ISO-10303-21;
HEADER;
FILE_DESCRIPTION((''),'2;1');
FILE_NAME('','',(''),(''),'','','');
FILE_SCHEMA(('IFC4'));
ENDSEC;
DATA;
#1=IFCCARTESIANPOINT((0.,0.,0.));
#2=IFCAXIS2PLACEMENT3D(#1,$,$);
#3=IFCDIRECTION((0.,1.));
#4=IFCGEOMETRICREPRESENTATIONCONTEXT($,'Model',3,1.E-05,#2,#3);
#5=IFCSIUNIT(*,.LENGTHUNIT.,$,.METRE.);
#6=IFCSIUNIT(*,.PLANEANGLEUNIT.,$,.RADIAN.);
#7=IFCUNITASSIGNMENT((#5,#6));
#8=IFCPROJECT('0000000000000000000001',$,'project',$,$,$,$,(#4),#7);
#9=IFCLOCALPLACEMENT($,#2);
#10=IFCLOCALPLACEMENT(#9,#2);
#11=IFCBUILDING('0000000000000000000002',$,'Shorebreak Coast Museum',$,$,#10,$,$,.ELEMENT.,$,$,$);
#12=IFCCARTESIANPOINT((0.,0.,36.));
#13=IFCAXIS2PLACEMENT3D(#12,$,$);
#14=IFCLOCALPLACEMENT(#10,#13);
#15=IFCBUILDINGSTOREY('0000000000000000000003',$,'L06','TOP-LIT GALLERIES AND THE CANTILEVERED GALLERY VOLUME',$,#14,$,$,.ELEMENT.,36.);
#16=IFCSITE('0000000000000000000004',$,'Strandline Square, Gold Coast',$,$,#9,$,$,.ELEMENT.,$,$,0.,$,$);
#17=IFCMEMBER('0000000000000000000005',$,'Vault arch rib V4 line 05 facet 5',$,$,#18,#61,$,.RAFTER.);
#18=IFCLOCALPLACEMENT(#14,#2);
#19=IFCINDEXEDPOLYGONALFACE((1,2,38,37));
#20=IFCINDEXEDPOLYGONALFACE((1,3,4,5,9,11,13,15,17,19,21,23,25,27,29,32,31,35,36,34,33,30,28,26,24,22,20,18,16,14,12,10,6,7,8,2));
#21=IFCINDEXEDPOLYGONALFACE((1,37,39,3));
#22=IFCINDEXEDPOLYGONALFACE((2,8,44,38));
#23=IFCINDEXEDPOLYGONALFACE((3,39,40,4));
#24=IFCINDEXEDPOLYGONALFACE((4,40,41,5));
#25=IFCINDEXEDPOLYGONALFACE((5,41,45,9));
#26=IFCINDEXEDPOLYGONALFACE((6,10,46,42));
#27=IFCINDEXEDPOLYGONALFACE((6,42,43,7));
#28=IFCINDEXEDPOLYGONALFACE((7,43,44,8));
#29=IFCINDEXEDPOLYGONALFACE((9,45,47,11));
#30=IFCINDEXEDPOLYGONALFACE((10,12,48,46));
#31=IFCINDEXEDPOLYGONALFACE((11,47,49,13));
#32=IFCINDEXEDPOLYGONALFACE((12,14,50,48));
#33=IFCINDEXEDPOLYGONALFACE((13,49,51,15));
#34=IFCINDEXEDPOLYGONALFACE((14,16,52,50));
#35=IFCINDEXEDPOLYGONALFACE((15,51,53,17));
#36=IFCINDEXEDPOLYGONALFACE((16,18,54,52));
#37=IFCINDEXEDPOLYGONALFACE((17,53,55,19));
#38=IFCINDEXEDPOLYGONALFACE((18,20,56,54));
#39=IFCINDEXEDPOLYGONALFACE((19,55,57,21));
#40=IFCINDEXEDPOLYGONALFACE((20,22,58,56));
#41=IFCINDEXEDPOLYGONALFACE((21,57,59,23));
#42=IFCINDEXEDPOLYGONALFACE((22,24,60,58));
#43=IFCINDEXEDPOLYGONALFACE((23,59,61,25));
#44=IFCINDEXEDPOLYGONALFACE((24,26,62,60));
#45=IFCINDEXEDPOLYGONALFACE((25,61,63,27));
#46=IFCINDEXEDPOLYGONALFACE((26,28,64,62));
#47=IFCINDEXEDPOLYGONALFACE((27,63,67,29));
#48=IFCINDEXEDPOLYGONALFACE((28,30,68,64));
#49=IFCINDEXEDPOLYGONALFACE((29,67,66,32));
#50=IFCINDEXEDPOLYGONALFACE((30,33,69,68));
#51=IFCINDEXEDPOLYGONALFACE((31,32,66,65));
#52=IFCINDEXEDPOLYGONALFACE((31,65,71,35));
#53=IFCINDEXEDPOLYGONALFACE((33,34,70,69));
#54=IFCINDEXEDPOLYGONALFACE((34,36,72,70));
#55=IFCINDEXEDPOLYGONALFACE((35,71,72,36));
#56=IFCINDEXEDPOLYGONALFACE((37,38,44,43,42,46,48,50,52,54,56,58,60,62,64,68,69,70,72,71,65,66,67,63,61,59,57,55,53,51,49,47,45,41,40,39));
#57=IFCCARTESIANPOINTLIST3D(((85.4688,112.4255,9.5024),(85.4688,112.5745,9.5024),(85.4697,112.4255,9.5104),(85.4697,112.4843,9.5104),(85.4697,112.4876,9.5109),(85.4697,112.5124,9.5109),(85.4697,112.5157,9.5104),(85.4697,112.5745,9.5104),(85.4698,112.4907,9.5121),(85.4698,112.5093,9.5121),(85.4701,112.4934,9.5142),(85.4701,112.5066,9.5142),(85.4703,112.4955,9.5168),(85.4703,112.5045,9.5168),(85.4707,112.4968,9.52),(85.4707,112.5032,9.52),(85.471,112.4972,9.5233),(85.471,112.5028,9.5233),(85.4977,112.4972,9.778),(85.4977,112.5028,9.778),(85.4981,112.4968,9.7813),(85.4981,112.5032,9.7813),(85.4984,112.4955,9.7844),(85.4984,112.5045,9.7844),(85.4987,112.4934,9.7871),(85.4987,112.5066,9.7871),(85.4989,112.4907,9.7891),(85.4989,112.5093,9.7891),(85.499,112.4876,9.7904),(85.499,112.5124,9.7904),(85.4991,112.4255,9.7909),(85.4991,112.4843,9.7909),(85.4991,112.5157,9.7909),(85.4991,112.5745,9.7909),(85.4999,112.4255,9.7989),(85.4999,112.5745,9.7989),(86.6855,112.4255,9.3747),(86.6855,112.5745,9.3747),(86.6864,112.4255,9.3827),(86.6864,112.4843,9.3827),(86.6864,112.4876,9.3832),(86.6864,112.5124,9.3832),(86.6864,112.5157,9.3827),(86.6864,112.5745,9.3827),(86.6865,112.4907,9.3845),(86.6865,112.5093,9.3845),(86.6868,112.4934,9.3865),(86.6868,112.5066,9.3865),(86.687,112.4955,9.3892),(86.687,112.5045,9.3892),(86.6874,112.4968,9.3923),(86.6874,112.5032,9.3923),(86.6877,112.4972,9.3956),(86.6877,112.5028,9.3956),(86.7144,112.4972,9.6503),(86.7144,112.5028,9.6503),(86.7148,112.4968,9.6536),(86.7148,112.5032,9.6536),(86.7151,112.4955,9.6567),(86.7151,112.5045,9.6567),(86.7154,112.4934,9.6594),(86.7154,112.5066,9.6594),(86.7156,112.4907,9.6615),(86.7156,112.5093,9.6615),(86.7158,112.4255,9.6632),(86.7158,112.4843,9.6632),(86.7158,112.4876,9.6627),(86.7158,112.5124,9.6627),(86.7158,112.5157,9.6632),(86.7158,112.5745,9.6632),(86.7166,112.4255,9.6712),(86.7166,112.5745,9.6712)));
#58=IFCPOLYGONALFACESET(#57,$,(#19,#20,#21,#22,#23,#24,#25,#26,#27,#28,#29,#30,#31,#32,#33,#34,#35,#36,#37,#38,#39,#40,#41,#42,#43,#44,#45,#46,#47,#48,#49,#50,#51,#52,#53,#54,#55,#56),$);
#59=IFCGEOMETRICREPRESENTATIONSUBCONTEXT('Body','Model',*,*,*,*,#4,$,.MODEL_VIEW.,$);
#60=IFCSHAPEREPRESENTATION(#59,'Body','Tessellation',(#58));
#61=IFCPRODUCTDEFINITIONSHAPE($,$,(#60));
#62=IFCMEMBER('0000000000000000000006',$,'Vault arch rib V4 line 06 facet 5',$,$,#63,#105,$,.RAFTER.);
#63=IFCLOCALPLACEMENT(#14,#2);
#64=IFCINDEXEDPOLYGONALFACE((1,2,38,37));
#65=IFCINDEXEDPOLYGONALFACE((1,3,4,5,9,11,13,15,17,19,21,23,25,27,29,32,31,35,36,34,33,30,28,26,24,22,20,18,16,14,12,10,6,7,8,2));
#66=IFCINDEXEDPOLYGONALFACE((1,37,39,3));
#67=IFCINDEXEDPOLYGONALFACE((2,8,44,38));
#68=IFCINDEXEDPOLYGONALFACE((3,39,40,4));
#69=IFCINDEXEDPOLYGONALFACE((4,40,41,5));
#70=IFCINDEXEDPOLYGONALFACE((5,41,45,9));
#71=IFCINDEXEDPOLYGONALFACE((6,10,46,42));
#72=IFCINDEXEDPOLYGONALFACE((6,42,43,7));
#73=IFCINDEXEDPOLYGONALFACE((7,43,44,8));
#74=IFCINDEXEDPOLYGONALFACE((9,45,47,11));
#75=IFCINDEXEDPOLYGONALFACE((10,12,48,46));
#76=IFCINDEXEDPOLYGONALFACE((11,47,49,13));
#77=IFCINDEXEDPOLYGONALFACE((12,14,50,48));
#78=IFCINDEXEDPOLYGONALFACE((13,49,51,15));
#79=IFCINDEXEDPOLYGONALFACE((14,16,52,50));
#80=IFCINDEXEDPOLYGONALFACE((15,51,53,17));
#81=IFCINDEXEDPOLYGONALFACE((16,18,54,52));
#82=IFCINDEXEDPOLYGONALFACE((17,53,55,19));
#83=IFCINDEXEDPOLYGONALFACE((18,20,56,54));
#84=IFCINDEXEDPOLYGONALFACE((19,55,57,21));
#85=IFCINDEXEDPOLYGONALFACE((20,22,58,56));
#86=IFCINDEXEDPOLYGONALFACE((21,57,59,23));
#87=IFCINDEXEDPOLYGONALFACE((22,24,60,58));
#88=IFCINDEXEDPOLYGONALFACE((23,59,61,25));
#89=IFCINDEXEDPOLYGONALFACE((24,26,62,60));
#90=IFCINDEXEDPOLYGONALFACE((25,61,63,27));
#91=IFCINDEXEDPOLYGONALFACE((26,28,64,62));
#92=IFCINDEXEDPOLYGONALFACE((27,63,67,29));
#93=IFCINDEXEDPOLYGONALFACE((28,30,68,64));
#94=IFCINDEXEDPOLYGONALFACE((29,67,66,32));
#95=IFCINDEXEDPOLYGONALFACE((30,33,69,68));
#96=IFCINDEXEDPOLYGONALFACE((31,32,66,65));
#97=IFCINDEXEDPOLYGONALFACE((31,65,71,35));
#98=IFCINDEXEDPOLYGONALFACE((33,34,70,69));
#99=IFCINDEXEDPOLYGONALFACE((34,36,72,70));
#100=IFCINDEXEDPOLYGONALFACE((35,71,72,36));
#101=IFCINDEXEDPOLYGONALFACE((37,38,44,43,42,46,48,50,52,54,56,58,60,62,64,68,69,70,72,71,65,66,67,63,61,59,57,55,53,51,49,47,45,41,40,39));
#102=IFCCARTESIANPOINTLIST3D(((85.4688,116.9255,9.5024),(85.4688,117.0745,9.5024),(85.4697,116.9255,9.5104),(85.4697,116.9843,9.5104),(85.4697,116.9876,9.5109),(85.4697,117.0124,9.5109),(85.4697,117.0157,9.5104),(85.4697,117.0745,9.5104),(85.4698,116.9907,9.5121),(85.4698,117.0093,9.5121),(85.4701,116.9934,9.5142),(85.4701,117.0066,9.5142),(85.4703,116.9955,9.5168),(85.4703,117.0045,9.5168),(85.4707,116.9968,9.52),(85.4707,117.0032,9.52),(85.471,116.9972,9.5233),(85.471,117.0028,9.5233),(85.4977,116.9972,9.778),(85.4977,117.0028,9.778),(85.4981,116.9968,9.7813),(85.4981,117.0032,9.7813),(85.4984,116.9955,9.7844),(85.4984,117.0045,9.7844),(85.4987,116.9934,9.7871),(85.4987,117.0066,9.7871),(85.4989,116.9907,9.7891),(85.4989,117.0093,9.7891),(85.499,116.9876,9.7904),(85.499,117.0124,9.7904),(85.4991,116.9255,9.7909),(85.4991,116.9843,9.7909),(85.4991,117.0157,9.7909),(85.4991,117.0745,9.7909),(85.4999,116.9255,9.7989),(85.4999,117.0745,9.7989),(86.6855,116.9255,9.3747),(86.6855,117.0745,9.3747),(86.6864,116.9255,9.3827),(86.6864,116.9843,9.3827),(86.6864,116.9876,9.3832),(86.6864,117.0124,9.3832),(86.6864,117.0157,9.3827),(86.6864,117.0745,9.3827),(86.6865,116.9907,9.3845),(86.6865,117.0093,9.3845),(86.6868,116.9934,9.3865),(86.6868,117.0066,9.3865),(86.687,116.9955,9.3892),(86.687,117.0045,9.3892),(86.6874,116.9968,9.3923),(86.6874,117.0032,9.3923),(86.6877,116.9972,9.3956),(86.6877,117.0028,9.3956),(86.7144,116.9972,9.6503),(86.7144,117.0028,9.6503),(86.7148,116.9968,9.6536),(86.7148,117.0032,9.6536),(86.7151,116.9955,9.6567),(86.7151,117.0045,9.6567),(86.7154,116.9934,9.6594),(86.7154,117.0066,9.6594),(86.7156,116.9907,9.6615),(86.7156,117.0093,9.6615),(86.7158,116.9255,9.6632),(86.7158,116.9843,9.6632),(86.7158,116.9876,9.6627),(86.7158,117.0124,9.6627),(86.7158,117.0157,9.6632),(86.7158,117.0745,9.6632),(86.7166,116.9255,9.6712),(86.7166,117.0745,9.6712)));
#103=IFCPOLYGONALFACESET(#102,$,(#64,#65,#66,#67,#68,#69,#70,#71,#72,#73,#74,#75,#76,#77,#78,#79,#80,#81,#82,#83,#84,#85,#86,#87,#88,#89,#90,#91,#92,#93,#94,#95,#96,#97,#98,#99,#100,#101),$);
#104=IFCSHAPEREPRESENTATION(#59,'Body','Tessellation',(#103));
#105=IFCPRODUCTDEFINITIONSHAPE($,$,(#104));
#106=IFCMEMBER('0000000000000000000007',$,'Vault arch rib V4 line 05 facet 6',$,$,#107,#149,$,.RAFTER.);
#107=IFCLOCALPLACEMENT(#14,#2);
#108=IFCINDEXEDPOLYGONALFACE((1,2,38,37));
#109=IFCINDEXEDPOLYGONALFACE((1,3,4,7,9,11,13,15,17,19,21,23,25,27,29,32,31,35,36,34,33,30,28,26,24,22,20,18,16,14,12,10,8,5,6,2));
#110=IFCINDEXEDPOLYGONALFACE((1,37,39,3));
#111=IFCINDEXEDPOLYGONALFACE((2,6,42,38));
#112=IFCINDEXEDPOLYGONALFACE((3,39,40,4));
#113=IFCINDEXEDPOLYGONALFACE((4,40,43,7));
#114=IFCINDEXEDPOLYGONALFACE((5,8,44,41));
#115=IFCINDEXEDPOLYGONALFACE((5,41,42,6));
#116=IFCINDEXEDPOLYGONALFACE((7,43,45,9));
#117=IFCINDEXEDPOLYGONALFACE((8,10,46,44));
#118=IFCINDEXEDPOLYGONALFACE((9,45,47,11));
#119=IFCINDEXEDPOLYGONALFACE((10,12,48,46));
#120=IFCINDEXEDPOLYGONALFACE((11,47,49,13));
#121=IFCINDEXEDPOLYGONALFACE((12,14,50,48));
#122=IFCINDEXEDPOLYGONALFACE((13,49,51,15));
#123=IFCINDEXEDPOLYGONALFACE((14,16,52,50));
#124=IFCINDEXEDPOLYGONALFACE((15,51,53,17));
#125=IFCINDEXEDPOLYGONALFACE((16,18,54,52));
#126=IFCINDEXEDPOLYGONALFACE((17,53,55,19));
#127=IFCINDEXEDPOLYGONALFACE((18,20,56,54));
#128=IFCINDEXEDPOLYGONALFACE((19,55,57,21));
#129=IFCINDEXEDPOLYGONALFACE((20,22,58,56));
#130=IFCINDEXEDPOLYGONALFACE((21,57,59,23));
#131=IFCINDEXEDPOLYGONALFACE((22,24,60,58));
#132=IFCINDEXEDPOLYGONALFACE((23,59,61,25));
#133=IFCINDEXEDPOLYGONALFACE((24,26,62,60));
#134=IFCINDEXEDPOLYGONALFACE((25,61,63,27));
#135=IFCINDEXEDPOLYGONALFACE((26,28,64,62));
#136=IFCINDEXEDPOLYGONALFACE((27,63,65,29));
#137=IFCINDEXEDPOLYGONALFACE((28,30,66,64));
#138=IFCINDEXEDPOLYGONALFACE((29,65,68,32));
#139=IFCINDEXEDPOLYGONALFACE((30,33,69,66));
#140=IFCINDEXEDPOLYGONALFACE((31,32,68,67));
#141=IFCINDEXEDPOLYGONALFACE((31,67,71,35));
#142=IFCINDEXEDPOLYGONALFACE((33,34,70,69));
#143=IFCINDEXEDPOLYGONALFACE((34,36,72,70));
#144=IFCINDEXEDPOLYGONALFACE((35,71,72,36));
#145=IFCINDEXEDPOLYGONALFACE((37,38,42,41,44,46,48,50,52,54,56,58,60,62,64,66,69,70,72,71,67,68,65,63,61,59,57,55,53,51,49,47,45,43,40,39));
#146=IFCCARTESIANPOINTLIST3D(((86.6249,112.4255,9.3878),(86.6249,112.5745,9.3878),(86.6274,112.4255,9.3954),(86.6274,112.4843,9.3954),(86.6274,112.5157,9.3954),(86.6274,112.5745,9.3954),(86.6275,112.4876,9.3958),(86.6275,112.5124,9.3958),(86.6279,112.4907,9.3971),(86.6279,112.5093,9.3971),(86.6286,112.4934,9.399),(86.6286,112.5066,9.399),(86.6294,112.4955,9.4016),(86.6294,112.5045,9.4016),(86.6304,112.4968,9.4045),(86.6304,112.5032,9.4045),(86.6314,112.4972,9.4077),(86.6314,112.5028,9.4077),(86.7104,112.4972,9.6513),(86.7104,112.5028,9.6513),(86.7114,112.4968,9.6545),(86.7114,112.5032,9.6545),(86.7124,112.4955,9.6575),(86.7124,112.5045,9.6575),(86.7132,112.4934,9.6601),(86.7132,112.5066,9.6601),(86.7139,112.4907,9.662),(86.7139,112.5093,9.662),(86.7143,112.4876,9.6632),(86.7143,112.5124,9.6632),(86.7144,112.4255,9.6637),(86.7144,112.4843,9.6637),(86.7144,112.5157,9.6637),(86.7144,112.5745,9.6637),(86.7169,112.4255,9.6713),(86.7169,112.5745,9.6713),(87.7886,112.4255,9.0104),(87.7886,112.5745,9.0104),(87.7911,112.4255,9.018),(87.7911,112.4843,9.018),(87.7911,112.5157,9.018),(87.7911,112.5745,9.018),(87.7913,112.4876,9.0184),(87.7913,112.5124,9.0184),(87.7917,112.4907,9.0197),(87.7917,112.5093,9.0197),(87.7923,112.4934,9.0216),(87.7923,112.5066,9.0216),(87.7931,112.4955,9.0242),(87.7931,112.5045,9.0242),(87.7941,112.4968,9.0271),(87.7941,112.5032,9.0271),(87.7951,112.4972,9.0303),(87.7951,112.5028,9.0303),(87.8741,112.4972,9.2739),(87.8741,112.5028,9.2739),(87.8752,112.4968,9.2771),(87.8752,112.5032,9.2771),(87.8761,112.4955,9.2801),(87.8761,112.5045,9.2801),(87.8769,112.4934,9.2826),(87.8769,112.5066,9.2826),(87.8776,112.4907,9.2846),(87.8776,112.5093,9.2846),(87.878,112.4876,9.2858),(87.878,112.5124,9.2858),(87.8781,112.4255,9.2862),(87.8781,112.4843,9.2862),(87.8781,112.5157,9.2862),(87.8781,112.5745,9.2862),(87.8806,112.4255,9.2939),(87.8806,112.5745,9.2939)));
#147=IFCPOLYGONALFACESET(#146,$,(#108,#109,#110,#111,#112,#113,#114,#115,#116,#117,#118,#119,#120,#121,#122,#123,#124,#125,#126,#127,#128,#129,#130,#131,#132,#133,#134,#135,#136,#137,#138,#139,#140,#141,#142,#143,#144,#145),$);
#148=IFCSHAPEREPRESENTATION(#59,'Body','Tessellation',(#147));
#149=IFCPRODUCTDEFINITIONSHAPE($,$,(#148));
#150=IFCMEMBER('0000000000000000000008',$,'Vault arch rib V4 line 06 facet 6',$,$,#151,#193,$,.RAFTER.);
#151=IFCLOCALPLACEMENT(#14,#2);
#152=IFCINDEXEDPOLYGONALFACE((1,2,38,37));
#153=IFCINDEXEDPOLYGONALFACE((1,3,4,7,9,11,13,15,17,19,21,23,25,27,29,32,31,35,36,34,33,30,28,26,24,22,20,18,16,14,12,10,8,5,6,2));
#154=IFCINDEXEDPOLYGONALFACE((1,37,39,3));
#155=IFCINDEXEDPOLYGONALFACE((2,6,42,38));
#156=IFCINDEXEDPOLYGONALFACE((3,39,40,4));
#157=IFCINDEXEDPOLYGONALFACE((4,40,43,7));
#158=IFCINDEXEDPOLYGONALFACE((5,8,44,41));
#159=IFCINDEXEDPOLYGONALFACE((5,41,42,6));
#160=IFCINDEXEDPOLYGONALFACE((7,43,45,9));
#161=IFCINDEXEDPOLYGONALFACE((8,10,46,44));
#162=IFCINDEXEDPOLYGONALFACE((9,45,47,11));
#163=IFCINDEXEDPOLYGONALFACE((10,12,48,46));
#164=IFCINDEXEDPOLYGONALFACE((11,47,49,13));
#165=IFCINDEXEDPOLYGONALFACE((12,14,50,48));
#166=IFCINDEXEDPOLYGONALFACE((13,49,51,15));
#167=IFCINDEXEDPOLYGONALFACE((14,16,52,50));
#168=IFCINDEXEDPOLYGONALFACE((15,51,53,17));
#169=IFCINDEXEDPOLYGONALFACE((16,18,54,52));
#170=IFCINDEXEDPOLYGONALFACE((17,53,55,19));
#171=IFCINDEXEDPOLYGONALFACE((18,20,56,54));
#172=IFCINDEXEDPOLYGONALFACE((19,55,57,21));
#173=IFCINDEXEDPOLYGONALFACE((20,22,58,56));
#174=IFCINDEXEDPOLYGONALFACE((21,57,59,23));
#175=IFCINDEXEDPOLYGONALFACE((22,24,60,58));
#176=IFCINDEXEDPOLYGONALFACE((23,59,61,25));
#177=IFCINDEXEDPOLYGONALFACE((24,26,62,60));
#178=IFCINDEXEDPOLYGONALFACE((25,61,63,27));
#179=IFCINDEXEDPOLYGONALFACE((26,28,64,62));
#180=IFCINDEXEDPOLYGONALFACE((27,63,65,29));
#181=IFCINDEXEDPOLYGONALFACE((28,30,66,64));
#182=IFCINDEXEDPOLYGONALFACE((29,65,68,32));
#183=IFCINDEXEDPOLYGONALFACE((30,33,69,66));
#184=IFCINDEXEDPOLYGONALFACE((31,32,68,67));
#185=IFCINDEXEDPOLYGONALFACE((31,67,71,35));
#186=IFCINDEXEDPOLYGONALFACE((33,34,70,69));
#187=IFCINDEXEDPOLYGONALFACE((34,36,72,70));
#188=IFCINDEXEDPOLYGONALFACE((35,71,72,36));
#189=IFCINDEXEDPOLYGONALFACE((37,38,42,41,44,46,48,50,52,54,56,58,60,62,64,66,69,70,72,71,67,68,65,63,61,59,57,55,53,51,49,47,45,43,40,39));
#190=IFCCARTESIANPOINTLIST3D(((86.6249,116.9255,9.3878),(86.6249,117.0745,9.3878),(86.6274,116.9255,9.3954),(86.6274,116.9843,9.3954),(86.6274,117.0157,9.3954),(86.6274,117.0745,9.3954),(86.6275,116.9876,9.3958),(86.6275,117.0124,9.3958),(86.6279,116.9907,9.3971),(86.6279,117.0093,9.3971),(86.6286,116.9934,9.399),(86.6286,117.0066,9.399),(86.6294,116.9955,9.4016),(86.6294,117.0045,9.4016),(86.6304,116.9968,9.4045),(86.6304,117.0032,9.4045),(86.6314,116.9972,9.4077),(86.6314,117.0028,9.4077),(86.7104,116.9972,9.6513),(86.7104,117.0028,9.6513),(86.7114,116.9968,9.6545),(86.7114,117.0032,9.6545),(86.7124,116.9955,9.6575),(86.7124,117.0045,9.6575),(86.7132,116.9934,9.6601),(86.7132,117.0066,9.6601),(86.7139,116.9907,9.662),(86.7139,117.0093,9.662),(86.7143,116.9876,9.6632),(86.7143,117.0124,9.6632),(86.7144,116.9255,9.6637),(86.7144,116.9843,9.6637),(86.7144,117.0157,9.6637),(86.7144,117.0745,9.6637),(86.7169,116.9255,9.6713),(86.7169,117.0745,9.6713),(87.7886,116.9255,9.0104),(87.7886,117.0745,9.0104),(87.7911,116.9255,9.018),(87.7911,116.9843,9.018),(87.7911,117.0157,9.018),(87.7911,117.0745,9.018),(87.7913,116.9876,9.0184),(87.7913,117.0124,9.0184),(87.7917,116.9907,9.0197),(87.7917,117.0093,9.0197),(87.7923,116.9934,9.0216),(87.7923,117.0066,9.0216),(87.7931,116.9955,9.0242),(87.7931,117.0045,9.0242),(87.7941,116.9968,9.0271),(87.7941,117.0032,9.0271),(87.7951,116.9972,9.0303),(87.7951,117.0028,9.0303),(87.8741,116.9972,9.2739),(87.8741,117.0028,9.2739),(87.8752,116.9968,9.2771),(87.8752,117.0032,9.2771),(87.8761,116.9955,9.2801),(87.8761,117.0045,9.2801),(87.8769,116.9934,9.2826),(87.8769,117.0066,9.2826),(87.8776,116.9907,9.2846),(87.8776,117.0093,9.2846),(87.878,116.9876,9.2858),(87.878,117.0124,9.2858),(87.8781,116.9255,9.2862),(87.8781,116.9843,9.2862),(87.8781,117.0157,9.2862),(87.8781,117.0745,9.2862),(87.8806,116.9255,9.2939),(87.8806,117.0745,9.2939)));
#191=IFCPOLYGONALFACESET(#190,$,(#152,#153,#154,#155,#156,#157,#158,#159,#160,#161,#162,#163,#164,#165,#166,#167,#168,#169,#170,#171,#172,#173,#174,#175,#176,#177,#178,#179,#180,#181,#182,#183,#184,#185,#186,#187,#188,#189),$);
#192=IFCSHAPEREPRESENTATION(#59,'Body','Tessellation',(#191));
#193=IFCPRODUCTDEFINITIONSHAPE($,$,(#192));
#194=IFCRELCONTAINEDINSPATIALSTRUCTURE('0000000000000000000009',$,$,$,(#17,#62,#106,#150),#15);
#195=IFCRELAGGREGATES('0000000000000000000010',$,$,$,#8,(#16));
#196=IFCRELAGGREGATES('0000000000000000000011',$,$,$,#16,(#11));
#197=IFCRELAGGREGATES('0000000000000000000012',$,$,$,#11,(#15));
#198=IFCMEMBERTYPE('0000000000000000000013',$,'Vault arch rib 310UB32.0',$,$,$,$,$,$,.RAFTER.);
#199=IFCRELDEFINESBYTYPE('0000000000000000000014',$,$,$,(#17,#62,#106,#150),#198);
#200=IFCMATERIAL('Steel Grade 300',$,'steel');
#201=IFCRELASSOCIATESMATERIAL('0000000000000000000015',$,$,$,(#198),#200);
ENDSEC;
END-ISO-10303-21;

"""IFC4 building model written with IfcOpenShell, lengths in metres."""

from ifc_helpers import new_model, si_unit, direction, frame, origin, origin_2d, place, context, subcontext, project, spatial, i_section, extrude, material, material_profile, profile_set, type_object, element, save


model = new_model("IFC4")

# Units and contexts
model_context = context("Model", 3, precision=1e-05, world=origin(), true_north=direction((0.0, 1.0)))
body_context = subcontext(model_context, "Body", "Model", "MODEL_VIEW")
ifc_project = project(units=[si_unit("LENGTHUNIT", "METRE"), si_unit("PLANEANGLEUNIT", "RADIAN")], contexts=[model_context])

# Site, building, storey
site_placement = place(None, origin())
site = spatial("IfcSite", under=ifc_project, at=site_placement, Name="Strandline Square, Gold Coast", CompositionType="ELEMENT", RefElevation=0.0)
building_placement = place(site_placement, origin())
building = spatial("IfcBuilding", under=site, at=building_placement, Name="Shorebreak Coast Museum", CompositionType="ELEMENT")
storey_placement = place(building_placement, frame((0.0, 0.0, 36.0)))
storey = spatial("IfcBuildingStorey", under=building, at=storey_placement, Name="L06", Description="TOP-LIT GALLERIES AND THE CANTILEVERED GALLERY VOLUME", CompositionType="ELEMENT", Elevation=36.0)

# Members
ifc_material_1 = material(Name="Steel Grade 300", Category="steel")
ifc_material_profile_1 = material_profile(ifc_material_1, i_section(OverallWidth=0.1489, OverallDepth=0.2981, WebThickness=0.0056, FlangeThickness=0.0081, FilletRadius=0.0129, at=origin_2d()), Name="310UB32.0")
ifc_profile_set_1 = profile_set([ifc_material_profile_1], Name="Steel Grade 300")
member_type_1 = type_object("IfcMemberType", Name="Vault arch rib 310UB32.0", PredefinedType="RAFTER", material=ifc_profile_set_1)
for number, where, z_axis, x_axis, name in (
    (1, (85.4844, 112.5, 9.6506), (0.994539, 0.0, -0.104363), (0.0, 1.0, 0.0), "Vault arch rib V4 line 05 facet 5"),
    (2, (85.4844, 117.0, 9.6506), (0.994539, 0.0, -0.104363), (0.0, 1.0, 0.0), "Vault arch rib V4 line 06 facet 5"),
    (3, (86.6709, 112.5, 9.5295), (0.951226, 0.0, -0.308495), (0.0, 1.0, 0.0), "Vault arch rib V4 line 05 facet 6"),
    (4, (86.6709, 117.0, 9.5295), (0.951226, 0.0, -0.308495), (0.0, 1.0, 0.0), "Vault arch rib V4 line 06 facet 6"),
):
    element("IfcMember", number, at=place(storey_placement, frame(where, z_axis=z_axis, x_axis=x_axis)), inside=storey, type_object=member_type_1, Name=name, PredefinedType="RAFTER", context=body_context, shape_type="SweptSolid", body=[
        extrude(i_section(OverallWidth=0.1489, OverallDepth=0.2981, WebThickness=0.0056, FlangeThickness=0.0081, FilletRadius=0.0129, at=origin_2d()), origin(), (0.0, 0.0, 1.0), 1.2234),
    ])

save(model, "model.ifc")
